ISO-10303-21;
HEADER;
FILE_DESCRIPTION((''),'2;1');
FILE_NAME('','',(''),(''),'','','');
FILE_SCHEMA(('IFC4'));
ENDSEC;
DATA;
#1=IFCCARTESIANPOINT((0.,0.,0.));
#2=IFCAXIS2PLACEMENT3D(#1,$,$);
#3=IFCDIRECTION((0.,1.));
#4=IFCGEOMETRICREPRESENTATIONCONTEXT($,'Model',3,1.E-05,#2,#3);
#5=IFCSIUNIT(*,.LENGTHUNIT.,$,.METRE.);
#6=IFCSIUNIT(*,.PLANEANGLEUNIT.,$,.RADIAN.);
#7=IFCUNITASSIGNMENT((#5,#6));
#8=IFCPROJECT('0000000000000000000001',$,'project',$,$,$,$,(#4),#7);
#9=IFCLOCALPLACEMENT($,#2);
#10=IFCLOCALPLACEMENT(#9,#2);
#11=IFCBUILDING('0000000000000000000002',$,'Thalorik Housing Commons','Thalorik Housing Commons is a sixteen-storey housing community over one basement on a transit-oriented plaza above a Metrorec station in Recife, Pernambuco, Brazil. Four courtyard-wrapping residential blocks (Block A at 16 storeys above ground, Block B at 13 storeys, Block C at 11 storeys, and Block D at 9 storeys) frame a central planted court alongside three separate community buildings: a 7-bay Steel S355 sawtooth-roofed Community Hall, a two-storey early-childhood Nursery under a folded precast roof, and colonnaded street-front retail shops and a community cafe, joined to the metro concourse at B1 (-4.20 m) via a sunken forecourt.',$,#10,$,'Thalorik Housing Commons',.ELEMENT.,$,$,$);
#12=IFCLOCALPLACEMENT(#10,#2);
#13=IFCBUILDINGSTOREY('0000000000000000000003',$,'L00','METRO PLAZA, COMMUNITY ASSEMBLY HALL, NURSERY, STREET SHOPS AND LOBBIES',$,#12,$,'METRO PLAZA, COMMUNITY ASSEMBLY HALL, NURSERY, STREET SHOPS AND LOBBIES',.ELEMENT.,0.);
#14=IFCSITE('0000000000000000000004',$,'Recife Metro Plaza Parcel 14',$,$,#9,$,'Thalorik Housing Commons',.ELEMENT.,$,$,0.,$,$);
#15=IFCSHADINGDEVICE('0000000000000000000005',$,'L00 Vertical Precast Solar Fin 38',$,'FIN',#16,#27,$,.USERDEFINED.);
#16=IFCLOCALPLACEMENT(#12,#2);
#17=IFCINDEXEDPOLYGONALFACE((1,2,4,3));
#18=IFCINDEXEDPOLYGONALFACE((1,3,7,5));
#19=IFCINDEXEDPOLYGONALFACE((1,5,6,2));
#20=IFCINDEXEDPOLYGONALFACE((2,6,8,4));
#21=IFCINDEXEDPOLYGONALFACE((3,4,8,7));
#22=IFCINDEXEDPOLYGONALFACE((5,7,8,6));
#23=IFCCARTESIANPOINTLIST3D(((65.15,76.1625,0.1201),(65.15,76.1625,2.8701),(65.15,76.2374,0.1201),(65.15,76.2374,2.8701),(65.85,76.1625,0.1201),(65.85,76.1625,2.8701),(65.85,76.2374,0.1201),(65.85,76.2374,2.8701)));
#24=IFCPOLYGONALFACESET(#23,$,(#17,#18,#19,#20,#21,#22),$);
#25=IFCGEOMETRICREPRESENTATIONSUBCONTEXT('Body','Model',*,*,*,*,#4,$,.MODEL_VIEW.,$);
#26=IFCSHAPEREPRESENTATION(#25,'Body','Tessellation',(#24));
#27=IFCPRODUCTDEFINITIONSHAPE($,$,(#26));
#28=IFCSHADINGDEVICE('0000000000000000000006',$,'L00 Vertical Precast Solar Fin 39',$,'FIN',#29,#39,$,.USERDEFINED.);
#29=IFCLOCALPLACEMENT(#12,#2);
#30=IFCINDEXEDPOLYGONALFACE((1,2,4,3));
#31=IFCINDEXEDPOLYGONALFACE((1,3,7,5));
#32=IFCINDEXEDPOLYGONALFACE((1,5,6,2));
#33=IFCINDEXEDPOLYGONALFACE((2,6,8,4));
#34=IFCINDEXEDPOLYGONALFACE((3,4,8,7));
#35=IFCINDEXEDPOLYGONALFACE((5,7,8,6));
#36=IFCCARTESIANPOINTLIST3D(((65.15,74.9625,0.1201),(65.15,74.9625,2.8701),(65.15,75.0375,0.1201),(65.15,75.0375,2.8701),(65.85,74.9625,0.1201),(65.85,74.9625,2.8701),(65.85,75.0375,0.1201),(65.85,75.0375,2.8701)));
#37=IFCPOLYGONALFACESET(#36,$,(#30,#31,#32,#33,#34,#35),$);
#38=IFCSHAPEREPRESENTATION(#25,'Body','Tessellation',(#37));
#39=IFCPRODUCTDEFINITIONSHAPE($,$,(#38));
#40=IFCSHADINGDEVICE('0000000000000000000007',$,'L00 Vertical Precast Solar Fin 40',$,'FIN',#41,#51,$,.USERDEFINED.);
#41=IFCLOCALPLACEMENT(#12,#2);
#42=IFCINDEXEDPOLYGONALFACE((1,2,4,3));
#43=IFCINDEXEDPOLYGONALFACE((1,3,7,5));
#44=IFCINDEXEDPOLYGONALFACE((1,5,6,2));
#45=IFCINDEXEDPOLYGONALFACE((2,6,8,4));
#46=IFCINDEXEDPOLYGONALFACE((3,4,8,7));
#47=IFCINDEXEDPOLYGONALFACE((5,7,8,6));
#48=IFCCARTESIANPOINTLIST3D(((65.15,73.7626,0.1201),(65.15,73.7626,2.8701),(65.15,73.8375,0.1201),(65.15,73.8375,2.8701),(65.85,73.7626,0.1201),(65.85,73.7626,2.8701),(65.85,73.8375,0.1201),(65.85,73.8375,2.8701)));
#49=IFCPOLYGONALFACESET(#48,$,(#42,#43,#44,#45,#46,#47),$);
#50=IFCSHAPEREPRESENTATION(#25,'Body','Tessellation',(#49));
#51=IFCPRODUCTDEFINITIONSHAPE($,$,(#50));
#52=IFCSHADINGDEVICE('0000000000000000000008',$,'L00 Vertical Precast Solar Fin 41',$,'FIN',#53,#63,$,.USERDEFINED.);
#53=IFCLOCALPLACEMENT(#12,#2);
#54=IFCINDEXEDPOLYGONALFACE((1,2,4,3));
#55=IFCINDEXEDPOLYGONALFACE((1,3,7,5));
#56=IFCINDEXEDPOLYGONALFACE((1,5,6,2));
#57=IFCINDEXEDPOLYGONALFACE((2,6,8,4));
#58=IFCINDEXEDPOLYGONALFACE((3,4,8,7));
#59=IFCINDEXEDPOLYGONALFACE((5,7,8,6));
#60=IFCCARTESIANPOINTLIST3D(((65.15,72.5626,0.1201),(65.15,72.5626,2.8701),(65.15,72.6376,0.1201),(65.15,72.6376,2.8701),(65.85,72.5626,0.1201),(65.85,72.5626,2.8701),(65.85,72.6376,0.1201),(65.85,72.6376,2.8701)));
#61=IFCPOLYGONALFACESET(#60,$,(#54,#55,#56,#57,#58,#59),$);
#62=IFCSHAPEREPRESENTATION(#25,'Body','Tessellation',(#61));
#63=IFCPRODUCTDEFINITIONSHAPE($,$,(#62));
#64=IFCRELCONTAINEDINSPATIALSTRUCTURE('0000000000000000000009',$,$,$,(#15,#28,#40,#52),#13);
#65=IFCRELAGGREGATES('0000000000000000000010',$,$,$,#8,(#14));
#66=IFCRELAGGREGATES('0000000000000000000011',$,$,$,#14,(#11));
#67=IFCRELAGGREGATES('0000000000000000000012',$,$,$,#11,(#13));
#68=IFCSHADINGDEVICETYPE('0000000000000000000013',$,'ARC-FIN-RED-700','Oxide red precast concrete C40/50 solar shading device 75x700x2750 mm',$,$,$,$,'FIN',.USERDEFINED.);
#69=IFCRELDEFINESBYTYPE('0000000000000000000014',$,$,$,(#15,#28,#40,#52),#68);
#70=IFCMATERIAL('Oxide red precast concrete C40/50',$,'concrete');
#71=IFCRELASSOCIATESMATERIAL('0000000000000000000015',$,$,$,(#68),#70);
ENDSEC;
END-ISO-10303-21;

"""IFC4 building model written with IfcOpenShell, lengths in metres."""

from ifc_helpers import new_model, si_unit, direction, frame, origin, origin_2d, place, context, subcontext, project, spatial, rectangle, extrude, material, type_object, element, save


model = new_model("IFC4")

# Units and contexts
model_context = context("Model", 3, precision=1e-05, world=origin(), true_north=direction((0.0, 1.0)))
body_context = subcontext(model_context, "Body", "Model", "MODEL_VIEW")
ifc_project = project(units=[si_unit("LENGTHUNIT", "METRE"), si_unit("PLANEANGLEUNIT", "RADIAN")], contexts=[model_context])

# Site, building, storey
site_placement = place(None, origin())
site = spatial("IfcSite", under=ifc_project, at=site_placement, Name="Recife Metro Plaza Parcel 14", LongName="Thalorik Housing Commons", CompositionType="ELEMENT", RefElevation=0.0)
building_placement = place(site_placement, origin())
building = spatial("IfcBuilding", under=site, at=building_placement, Name="Thalorik Housing Commons", Description="Thalorik Housing Commons is a sixteen-storey housing community over one basement on a transit-oriented plaza above a Metrorec station in Recife, Pernambuco, Brazil. Four courtyard-wrapping residential blocks (Block A at 16 storeys above ground, Block B at 13 storeys, Block C at 11 storeys, and Block D at 9 storeys) frame a central planted court alongside three separate community buildings: a 7-bay Steel S355 sawtooth-roofed Community Hall, a two-storey early-childhood Nursery under a folded precast roof, and colonnaded street-front retail shops and a community cafe, joined to the metro concourse at B1 (-4.20 m) via a sunken forecourt.", LongName="Thalorik Housing Commons", CompositionType="ELEMENT")
storey_placement = place(building_placement, origin())
storey = spatial("IfcBuildingStorey", under=building, at=storey_placement, Name="L00", Description="METRO PLAZA, COMMUNITY ASSEMBLY HALL, NURSERY, STREET SHOPS AND LOBBIES", LongName="METRO PLAZA, COMMUNITY ASSEMBLY HALL, NURSERY, STREET SHOPS AND LOBBIES", CompositionType="ELEMENT", Elevation=0.0)

# Shading devices
ifc_material_1 = material(Name="Oxide red precast concrete C40/50", Category="concrete")
shading_device_type_1 = type_object("IfcShadingDeviceType", Name="ARC-FIN-RED-700", Description="Oxide red precast concrete C40/50 solar shading device 75x700x2750 mm", ElementType="FIN", PredefinedType="USERDEFINED", material=ifc_material_1)
for number, where, z_axis, x_axis, name in (
    (1, (65.5, 76.2, 0.1201), (0.0, 0.0, 1.0), (0.0, -1.0, 0.0), "L00 Vertical Precast Solar Fin 38"),
    (2, (65.5, 75.0, 0.1201), (0.0, 0.0, 1.0), (0.0, -1.0, 0.0), "L00 Vertical Precast Solar Fin 39"),
    (3, (65.5, 73.8, 0.1201), (0.0, 0.0, 1.0), (0.0, -1.0, 0.0), "L00 Vertical Precast Solar Fin 40"),
    (4, (65.5, 72.6001, 0.1201), (0.0, 0.0, 1.0), (0.0, -1.0, 0.0), "L00 Vertical Precast Solar Fin 41"),
):
    element("IfcShadingDevice", number, at=place(storey_placement, frame(where, z_axis=z_axis, x_axis=x_axis)), inside=storey, type_object=shading_device_type_1, Name=name, ObjectType="FIN", PredefinedType="USERDEFINED", context=body_context, shape_type="SweptSolid", body=[
        extrude(rectangle(XDim=0.075, YDim=0.7, at=origin_2d()), origin(), (0.0, 0.0, 1.0), 2.75),
    ])

save(model, "model.ifc")
